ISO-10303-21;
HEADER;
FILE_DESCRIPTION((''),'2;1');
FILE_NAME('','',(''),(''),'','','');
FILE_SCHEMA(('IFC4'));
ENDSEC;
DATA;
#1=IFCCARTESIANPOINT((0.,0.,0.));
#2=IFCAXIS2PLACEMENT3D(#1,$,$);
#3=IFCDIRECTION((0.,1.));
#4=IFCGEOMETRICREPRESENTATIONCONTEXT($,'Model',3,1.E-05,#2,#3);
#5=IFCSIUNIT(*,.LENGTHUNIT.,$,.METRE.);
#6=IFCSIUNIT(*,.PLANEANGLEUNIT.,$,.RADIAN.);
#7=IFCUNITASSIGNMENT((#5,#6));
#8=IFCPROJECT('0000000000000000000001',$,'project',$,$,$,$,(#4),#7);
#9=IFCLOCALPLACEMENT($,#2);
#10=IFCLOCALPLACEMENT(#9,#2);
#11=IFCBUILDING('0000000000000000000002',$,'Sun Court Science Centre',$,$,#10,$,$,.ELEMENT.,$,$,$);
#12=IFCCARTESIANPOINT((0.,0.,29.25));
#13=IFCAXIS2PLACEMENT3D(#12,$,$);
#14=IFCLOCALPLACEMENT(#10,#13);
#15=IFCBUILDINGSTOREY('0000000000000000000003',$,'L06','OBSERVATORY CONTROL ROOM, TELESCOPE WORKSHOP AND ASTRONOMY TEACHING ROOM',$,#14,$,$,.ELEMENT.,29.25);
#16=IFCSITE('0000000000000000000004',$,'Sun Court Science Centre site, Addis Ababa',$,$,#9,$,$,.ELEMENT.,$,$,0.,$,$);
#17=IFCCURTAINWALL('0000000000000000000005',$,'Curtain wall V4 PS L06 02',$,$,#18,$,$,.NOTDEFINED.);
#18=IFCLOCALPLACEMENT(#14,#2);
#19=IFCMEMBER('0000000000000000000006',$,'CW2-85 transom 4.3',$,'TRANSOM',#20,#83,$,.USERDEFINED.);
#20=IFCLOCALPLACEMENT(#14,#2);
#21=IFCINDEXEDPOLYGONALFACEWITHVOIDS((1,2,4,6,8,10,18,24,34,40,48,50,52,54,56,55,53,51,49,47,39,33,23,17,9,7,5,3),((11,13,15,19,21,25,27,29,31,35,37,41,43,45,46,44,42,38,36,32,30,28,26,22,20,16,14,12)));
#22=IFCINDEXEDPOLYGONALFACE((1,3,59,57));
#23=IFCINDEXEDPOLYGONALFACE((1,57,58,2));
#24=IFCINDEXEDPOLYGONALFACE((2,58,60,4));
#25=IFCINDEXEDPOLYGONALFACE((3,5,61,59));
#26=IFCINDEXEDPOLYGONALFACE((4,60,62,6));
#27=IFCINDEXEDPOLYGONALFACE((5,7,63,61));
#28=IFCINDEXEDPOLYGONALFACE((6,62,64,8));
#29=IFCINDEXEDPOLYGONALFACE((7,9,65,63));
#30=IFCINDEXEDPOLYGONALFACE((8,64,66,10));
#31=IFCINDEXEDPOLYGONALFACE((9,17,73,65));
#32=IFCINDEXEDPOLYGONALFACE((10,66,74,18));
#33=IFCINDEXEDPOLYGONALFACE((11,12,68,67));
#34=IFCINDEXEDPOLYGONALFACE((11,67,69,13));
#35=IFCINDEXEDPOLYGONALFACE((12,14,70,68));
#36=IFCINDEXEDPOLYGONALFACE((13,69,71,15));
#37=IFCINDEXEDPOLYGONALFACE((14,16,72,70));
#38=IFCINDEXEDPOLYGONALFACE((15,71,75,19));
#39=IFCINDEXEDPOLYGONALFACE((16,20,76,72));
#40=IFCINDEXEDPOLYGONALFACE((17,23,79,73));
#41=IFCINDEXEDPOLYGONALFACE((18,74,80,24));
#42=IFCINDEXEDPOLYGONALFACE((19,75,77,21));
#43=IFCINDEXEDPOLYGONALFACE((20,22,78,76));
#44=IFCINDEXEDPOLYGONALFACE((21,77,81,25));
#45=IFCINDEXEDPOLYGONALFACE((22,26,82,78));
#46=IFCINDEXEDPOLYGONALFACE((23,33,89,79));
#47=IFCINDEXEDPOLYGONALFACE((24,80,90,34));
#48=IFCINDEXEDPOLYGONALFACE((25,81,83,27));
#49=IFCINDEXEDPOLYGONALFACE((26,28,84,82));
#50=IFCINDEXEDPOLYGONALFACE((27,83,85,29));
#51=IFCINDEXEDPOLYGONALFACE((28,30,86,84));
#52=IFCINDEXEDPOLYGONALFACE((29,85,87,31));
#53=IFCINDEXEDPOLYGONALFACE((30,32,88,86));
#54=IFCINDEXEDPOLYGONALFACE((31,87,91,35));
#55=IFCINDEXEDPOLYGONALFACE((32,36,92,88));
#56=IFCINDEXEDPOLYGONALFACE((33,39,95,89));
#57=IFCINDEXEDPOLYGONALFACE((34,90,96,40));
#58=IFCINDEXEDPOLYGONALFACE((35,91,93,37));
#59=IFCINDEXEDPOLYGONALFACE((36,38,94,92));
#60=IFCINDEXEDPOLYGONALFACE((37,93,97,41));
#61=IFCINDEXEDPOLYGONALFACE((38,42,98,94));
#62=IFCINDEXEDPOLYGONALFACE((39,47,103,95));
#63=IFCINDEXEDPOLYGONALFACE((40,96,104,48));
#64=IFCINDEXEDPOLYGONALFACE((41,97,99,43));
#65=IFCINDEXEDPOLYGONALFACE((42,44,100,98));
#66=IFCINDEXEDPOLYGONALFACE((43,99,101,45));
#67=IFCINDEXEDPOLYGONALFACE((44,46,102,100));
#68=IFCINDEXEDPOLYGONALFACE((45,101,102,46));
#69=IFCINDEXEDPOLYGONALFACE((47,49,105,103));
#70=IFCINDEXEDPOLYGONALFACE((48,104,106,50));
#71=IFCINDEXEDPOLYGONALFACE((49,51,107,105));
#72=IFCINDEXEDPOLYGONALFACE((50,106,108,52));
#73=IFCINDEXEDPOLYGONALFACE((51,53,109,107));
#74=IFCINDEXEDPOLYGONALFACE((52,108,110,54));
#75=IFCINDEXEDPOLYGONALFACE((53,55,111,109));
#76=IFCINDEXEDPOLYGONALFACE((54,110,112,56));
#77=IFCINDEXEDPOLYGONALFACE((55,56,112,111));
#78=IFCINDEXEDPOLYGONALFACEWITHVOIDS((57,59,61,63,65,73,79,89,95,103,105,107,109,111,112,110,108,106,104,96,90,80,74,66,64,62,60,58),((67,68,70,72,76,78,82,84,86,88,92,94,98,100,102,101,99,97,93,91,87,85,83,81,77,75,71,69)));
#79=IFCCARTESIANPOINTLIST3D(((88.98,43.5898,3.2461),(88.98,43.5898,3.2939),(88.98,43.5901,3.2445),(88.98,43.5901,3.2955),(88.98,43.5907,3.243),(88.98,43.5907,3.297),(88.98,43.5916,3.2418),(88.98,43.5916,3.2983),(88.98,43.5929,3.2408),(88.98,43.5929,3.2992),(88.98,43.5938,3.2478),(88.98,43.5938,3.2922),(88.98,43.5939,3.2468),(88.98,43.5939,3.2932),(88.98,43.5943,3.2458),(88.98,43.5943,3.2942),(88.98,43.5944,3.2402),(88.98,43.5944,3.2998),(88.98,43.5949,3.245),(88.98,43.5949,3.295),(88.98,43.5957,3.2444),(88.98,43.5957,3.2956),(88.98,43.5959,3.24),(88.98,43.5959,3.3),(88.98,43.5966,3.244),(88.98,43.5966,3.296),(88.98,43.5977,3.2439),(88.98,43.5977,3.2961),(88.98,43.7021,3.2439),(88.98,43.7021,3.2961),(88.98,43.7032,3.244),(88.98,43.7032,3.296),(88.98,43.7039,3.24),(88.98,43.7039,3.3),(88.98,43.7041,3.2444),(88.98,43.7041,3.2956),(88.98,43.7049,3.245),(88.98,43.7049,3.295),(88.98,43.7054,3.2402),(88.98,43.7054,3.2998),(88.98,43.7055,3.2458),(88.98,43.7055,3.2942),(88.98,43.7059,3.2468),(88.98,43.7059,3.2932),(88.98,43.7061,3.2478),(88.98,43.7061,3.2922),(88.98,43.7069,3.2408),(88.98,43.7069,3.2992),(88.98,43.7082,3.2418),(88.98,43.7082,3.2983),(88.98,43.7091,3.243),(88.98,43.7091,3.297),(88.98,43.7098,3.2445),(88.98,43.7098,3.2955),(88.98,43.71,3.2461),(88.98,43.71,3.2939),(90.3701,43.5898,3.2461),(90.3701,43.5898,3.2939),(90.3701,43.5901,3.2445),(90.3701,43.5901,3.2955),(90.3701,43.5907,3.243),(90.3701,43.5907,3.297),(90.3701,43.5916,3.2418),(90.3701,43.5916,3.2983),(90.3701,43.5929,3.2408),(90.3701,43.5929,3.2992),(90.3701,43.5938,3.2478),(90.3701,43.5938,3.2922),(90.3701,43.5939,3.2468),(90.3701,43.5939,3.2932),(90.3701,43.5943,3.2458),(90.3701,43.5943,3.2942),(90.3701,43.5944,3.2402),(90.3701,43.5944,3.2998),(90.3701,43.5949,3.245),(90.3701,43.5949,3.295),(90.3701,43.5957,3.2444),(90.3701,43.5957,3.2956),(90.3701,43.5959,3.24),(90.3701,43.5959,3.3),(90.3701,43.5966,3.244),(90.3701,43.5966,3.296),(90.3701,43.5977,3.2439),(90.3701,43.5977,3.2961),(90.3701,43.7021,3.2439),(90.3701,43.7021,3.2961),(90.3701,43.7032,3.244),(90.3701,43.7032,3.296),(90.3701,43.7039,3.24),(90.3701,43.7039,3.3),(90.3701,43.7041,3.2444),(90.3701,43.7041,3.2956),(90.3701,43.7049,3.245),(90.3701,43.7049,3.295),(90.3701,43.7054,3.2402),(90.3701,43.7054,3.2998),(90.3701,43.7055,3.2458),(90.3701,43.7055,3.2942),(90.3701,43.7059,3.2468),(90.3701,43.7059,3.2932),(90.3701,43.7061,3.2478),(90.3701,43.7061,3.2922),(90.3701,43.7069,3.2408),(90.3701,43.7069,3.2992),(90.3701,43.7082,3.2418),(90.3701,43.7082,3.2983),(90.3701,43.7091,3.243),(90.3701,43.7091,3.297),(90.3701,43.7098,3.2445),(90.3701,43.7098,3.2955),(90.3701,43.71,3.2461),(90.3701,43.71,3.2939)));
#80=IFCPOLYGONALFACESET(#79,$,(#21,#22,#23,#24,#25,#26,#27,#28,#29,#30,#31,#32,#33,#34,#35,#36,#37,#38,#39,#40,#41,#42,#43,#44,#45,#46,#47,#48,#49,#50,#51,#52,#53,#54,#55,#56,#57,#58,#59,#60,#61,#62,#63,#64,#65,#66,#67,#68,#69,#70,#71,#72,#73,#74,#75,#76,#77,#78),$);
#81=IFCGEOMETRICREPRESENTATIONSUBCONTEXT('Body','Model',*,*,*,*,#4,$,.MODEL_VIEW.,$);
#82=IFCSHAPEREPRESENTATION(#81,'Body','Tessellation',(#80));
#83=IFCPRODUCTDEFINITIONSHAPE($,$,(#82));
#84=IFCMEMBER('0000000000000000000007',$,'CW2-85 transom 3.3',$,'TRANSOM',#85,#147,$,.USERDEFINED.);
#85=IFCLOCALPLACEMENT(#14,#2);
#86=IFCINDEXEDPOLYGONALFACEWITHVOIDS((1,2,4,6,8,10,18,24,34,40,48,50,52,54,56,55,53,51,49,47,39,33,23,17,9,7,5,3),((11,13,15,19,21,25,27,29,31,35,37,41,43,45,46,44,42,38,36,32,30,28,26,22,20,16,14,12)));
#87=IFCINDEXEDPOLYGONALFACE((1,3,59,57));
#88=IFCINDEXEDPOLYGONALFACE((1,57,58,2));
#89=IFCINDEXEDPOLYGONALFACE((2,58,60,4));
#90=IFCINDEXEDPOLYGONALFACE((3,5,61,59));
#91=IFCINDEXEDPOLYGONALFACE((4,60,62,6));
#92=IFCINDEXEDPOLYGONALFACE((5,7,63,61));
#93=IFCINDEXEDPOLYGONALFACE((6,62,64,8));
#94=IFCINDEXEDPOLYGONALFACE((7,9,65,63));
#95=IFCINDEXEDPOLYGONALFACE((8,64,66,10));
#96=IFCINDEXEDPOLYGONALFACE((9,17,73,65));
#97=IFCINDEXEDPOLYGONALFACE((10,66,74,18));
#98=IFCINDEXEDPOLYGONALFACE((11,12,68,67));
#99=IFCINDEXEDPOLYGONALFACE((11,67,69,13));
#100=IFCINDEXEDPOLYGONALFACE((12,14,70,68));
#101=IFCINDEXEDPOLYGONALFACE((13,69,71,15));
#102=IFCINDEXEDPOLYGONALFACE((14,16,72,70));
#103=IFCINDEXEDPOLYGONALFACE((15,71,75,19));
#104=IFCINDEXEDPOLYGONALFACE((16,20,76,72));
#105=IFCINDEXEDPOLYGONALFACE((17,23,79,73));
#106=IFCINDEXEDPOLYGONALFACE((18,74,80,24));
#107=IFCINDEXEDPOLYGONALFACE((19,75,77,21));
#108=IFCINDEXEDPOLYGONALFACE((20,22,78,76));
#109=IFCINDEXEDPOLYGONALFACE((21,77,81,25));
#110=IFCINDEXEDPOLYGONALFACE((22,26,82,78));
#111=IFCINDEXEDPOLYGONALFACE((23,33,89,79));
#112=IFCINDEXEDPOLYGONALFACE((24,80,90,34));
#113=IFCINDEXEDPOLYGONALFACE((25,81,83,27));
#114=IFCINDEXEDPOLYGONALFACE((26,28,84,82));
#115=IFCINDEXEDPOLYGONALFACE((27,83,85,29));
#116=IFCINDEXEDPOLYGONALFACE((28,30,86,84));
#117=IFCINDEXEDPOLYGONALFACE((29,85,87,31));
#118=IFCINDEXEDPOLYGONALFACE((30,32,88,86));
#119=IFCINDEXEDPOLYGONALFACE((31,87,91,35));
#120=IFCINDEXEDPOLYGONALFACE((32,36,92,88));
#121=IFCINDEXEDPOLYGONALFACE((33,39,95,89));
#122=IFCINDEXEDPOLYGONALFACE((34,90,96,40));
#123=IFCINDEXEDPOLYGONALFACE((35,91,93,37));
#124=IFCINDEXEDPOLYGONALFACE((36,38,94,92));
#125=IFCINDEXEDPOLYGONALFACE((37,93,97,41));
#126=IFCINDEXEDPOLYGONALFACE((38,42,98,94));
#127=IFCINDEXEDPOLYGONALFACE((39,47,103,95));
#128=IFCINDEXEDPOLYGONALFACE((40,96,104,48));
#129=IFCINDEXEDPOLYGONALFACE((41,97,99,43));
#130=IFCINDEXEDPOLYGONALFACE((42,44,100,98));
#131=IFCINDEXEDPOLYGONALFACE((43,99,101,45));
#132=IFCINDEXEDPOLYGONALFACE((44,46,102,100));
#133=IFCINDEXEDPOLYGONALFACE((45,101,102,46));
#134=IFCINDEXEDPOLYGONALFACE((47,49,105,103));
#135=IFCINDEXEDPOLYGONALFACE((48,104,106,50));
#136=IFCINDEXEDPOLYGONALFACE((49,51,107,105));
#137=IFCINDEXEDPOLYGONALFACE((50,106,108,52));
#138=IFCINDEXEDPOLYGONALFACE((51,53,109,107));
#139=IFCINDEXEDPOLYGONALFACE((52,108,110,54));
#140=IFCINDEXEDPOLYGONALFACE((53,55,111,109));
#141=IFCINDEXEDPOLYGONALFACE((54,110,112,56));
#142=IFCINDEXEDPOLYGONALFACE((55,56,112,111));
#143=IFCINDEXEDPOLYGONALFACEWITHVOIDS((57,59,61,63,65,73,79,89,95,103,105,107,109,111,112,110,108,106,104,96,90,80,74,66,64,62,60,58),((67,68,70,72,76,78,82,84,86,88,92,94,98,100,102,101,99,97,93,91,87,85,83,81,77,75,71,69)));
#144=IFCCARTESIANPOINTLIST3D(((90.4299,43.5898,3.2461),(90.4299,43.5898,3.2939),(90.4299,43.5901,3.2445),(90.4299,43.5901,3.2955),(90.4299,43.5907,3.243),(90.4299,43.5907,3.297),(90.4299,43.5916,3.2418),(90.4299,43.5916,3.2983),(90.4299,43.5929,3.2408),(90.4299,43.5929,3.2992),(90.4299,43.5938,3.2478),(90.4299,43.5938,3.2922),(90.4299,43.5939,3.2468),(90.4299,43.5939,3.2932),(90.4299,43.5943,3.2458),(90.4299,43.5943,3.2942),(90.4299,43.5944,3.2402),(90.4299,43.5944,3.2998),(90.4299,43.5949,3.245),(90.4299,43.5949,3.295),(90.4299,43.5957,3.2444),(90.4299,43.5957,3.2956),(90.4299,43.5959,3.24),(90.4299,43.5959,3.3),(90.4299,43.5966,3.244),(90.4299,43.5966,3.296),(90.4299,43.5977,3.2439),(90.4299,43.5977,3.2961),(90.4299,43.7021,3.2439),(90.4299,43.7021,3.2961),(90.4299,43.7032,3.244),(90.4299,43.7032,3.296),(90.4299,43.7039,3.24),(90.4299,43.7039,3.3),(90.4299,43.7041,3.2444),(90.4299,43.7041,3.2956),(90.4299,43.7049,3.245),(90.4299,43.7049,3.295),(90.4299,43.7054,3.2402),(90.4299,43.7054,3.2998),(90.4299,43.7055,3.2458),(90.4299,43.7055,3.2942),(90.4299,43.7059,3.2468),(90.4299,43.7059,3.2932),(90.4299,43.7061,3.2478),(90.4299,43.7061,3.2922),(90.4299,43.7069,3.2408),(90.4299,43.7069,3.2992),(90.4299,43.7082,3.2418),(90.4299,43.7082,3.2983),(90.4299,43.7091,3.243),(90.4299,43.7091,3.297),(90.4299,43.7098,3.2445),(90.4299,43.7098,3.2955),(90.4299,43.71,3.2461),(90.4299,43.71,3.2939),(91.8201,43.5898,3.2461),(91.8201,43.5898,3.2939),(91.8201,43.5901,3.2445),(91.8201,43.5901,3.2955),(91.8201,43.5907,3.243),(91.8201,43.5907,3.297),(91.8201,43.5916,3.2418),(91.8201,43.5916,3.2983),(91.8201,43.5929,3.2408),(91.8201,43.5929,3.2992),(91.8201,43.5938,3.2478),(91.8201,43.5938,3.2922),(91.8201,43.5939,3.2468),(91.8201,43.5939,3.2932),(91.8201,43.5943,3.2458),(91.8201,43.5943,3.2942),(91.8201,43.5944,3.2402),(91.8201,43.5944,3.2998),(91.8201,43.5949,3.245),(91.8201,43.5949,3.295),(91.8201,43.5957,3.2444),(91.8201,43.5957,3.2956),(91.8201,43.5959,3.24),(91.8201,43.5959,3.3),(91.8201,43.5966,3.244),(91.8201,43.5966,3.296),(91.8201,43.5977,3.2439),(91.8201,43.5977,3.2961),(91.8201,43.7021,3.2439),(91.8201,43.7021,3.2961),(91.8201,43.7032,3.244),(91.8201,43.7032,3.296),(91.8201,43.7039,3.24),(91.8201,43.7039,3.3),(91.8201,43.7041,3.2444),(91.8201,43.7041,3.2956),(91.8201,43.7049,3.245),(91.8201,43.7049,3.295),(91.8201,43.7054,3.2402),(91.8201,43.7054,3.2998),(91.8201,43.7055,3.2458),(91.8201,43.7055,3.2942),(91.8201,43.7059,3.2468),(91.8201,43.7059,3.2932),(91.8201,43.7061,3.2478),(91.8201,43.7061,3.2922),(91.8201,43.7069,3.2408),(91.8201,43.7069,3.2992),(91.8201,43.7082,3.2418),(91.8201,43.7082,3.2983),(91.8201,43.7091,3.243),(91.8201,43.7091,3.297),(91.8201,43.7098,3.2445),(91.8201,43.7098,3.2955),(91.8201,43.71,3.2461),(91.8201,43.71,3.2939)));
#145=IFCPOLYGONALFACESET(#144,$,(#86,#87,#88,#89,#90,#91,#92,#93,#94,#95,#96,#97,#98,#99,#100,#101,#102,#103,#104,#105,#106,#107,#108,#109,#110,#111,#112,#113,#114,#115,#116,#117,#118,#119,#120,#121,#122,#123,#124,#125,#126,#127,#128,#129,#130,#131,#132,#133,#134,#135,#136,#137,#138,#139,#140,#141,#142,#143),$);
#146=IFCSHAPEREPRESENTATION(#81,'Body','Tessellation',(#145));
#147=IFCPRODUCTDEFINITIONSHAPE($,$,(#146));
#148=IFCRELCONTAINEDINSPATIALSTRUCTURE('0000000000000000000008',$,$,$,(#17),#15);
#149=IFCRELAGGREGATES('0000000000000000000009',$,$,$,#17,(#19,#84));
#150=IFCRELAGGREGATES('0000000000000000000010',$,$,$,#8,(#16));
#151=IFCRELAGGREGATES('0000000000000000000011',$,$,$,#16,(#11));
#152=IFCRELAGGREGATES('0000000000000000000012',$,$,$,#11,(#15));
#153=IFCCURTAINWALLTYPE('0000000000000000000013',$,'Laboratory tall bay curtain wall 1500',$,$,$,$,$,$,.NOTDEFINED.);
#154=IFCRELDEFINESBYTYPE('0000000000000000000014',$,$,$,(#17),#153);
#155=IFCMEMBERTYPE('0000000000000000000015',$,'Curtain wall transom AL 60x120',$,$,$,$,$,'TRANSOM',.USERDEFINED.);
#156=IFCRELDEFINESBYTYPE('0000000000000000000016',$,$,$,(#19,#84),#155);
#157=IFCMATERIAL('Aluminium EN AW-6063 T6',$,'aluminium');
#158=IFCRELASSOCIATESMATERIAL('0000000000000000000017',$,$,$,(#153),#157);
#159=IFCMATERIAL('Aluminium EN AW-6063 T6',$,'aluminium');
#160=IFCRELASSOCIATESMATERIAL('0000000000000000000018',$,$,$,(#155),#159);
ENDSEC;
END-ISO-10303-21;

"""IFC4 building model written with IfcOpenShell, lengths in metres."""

from ifc_helpers import new_model, si_unit, direction, frame, origin, origin_2d, place, context, subcontext, project, spatial, hollow_rectangle, extrude, material, material_profile, profile_set, type_object, element, aggregate, save


model = new_model("IFC4")

# Units and contexts
model_context = context("Model", 3, precision=1e-05, world=origin(), true_north=direction((0.0, 1.0)))
body_context = subcontext(model_context, "Body", "Model", "MODEL_VIEW")
ifc_project = project(units=[si_unit("LENGTHUNIT", "METRE"), si_unit("PLANEANGLEUNIT", "RADIAN")], contexts=[model_context])

# Site, building, storey
site_placement = place(None, origin())
site = spatial("IfcSite", under=ifc_project, at=site_placement, Name="Sun Court Science Centre site, Addis Ababa", CompositionType="ELEMENT", RefElevation=0.0)
building_placement = place(site_placement, origin())
building = spatial("IfcBuilding", under=site, at=building_placement, Name="Sun Court Science Centre", CompositionType="ELEMENT")
storey_placement = place(building_placement, frame((0.0, 0.0, 29.25)))
storey = spatial("IfcBuildingStorey", under=building, at=storey_placement, Name="L06", Description="OBSERVATORY CONTROL ROOM, TELESCOPE WORKSHOP AND ASTRONOMY TEACHING ROOM", CompositionType="ELEMENT", Elevation=29.25)

# Curtain wall, members
ifc_material_1 = material(Name="Aluminium EN AW-6063 T6", Category="aluminium")
curtain_wall_type = type_object("IfcCurtainWallType", Name="Laboratory tall bay curtain wall 1500", PredefinedType="NOTDEFINED", material=ifc_material_1)
curtain_wall_placement = place(storey_placement, origin())
curtain_wall = element("IfcCurtainWall", 1, at=curtain_wall_placement, inside=storey, type_object=curtain_wall_type, Name="Curtain wall V4 PS L06 02", PredefinedType="NOTDEFINED")
ifc_material_2 = material(Name="Aluminium EN AW-6063 T6", Category="aluminium")
ifc_material_profile_1 = material_profile(ifc_material_2, hollow_rectangle(XDim=0.0601, YDim=0.1201, WallThickness=0.0039, InnerFilletRadius=0.0039, OuterFilletRadius=0.0061, at=origin_2d()), Name="AL 60x120x4")
ifc_profile_set_1 = profile_set([ifc_material_profile_1], Name="Aluminium EN AW-6063 T6")
member_type_1 = type_object("IfcMemberType", Name="Curtain wall transom AL 60x120", ElementType="TRANSOM", PredefinedType="USERDEFINED", material=ifc_profile_set_1)
member_1_placement = place(storey_placement, frame((90.3701, 43.6499, 3.27), z_axis=(-1.0, 0.0, 0.0), x_axis=(0.0, 0.0, 1.0)))
member_1 = element("IfcMember", 2, at=member_1_placement, type_object=member_type_1, Name="CW2-85 transom 4.3", ObjectType="TRANSOM", PredefinedType="USERDEFINED", context=body_context, shape_type="SweptSolid", body=[
    extrude(hollow_rectangle(XDim=0.0601, YDim=0.1201, WallThickness=0.0039, InnerFilletRadius=0.0039, OuterFilletRadius=0.0061, at=origin_2d()), origin(), (0.0, 0.0, 1.0), 1.3901),
])
member_2_placement = place(storey_placement, frame((91.8201, 43.6499, 3.27), z_axis=(-1.0, 0.0, 0.0), x_axis=(0.0, 0.0, 1.0)))
member_2 = element("IfcMember", 3, at=member_2_placement, type_object=member_type_1, Name="CW2-85 transom 3.3", ObjectType="TRANSOM", PredefinedType="USERDEFINED", context=body_context, shape_type="SweptSolid", body=[
    extrude(hollow_rectangle(XDim=0.0601, YDim=0.1201, WallThickness=0.0039, InnerFilletRadius=0.0039, OuterFilletRadius=0.0061, at=origin_2d()), origin(), (0.0, 0.0, 1.0), 1.3901),
])
aggregate(curtain_wall, [member_1, member_2])

save(model, "model.ifc")
